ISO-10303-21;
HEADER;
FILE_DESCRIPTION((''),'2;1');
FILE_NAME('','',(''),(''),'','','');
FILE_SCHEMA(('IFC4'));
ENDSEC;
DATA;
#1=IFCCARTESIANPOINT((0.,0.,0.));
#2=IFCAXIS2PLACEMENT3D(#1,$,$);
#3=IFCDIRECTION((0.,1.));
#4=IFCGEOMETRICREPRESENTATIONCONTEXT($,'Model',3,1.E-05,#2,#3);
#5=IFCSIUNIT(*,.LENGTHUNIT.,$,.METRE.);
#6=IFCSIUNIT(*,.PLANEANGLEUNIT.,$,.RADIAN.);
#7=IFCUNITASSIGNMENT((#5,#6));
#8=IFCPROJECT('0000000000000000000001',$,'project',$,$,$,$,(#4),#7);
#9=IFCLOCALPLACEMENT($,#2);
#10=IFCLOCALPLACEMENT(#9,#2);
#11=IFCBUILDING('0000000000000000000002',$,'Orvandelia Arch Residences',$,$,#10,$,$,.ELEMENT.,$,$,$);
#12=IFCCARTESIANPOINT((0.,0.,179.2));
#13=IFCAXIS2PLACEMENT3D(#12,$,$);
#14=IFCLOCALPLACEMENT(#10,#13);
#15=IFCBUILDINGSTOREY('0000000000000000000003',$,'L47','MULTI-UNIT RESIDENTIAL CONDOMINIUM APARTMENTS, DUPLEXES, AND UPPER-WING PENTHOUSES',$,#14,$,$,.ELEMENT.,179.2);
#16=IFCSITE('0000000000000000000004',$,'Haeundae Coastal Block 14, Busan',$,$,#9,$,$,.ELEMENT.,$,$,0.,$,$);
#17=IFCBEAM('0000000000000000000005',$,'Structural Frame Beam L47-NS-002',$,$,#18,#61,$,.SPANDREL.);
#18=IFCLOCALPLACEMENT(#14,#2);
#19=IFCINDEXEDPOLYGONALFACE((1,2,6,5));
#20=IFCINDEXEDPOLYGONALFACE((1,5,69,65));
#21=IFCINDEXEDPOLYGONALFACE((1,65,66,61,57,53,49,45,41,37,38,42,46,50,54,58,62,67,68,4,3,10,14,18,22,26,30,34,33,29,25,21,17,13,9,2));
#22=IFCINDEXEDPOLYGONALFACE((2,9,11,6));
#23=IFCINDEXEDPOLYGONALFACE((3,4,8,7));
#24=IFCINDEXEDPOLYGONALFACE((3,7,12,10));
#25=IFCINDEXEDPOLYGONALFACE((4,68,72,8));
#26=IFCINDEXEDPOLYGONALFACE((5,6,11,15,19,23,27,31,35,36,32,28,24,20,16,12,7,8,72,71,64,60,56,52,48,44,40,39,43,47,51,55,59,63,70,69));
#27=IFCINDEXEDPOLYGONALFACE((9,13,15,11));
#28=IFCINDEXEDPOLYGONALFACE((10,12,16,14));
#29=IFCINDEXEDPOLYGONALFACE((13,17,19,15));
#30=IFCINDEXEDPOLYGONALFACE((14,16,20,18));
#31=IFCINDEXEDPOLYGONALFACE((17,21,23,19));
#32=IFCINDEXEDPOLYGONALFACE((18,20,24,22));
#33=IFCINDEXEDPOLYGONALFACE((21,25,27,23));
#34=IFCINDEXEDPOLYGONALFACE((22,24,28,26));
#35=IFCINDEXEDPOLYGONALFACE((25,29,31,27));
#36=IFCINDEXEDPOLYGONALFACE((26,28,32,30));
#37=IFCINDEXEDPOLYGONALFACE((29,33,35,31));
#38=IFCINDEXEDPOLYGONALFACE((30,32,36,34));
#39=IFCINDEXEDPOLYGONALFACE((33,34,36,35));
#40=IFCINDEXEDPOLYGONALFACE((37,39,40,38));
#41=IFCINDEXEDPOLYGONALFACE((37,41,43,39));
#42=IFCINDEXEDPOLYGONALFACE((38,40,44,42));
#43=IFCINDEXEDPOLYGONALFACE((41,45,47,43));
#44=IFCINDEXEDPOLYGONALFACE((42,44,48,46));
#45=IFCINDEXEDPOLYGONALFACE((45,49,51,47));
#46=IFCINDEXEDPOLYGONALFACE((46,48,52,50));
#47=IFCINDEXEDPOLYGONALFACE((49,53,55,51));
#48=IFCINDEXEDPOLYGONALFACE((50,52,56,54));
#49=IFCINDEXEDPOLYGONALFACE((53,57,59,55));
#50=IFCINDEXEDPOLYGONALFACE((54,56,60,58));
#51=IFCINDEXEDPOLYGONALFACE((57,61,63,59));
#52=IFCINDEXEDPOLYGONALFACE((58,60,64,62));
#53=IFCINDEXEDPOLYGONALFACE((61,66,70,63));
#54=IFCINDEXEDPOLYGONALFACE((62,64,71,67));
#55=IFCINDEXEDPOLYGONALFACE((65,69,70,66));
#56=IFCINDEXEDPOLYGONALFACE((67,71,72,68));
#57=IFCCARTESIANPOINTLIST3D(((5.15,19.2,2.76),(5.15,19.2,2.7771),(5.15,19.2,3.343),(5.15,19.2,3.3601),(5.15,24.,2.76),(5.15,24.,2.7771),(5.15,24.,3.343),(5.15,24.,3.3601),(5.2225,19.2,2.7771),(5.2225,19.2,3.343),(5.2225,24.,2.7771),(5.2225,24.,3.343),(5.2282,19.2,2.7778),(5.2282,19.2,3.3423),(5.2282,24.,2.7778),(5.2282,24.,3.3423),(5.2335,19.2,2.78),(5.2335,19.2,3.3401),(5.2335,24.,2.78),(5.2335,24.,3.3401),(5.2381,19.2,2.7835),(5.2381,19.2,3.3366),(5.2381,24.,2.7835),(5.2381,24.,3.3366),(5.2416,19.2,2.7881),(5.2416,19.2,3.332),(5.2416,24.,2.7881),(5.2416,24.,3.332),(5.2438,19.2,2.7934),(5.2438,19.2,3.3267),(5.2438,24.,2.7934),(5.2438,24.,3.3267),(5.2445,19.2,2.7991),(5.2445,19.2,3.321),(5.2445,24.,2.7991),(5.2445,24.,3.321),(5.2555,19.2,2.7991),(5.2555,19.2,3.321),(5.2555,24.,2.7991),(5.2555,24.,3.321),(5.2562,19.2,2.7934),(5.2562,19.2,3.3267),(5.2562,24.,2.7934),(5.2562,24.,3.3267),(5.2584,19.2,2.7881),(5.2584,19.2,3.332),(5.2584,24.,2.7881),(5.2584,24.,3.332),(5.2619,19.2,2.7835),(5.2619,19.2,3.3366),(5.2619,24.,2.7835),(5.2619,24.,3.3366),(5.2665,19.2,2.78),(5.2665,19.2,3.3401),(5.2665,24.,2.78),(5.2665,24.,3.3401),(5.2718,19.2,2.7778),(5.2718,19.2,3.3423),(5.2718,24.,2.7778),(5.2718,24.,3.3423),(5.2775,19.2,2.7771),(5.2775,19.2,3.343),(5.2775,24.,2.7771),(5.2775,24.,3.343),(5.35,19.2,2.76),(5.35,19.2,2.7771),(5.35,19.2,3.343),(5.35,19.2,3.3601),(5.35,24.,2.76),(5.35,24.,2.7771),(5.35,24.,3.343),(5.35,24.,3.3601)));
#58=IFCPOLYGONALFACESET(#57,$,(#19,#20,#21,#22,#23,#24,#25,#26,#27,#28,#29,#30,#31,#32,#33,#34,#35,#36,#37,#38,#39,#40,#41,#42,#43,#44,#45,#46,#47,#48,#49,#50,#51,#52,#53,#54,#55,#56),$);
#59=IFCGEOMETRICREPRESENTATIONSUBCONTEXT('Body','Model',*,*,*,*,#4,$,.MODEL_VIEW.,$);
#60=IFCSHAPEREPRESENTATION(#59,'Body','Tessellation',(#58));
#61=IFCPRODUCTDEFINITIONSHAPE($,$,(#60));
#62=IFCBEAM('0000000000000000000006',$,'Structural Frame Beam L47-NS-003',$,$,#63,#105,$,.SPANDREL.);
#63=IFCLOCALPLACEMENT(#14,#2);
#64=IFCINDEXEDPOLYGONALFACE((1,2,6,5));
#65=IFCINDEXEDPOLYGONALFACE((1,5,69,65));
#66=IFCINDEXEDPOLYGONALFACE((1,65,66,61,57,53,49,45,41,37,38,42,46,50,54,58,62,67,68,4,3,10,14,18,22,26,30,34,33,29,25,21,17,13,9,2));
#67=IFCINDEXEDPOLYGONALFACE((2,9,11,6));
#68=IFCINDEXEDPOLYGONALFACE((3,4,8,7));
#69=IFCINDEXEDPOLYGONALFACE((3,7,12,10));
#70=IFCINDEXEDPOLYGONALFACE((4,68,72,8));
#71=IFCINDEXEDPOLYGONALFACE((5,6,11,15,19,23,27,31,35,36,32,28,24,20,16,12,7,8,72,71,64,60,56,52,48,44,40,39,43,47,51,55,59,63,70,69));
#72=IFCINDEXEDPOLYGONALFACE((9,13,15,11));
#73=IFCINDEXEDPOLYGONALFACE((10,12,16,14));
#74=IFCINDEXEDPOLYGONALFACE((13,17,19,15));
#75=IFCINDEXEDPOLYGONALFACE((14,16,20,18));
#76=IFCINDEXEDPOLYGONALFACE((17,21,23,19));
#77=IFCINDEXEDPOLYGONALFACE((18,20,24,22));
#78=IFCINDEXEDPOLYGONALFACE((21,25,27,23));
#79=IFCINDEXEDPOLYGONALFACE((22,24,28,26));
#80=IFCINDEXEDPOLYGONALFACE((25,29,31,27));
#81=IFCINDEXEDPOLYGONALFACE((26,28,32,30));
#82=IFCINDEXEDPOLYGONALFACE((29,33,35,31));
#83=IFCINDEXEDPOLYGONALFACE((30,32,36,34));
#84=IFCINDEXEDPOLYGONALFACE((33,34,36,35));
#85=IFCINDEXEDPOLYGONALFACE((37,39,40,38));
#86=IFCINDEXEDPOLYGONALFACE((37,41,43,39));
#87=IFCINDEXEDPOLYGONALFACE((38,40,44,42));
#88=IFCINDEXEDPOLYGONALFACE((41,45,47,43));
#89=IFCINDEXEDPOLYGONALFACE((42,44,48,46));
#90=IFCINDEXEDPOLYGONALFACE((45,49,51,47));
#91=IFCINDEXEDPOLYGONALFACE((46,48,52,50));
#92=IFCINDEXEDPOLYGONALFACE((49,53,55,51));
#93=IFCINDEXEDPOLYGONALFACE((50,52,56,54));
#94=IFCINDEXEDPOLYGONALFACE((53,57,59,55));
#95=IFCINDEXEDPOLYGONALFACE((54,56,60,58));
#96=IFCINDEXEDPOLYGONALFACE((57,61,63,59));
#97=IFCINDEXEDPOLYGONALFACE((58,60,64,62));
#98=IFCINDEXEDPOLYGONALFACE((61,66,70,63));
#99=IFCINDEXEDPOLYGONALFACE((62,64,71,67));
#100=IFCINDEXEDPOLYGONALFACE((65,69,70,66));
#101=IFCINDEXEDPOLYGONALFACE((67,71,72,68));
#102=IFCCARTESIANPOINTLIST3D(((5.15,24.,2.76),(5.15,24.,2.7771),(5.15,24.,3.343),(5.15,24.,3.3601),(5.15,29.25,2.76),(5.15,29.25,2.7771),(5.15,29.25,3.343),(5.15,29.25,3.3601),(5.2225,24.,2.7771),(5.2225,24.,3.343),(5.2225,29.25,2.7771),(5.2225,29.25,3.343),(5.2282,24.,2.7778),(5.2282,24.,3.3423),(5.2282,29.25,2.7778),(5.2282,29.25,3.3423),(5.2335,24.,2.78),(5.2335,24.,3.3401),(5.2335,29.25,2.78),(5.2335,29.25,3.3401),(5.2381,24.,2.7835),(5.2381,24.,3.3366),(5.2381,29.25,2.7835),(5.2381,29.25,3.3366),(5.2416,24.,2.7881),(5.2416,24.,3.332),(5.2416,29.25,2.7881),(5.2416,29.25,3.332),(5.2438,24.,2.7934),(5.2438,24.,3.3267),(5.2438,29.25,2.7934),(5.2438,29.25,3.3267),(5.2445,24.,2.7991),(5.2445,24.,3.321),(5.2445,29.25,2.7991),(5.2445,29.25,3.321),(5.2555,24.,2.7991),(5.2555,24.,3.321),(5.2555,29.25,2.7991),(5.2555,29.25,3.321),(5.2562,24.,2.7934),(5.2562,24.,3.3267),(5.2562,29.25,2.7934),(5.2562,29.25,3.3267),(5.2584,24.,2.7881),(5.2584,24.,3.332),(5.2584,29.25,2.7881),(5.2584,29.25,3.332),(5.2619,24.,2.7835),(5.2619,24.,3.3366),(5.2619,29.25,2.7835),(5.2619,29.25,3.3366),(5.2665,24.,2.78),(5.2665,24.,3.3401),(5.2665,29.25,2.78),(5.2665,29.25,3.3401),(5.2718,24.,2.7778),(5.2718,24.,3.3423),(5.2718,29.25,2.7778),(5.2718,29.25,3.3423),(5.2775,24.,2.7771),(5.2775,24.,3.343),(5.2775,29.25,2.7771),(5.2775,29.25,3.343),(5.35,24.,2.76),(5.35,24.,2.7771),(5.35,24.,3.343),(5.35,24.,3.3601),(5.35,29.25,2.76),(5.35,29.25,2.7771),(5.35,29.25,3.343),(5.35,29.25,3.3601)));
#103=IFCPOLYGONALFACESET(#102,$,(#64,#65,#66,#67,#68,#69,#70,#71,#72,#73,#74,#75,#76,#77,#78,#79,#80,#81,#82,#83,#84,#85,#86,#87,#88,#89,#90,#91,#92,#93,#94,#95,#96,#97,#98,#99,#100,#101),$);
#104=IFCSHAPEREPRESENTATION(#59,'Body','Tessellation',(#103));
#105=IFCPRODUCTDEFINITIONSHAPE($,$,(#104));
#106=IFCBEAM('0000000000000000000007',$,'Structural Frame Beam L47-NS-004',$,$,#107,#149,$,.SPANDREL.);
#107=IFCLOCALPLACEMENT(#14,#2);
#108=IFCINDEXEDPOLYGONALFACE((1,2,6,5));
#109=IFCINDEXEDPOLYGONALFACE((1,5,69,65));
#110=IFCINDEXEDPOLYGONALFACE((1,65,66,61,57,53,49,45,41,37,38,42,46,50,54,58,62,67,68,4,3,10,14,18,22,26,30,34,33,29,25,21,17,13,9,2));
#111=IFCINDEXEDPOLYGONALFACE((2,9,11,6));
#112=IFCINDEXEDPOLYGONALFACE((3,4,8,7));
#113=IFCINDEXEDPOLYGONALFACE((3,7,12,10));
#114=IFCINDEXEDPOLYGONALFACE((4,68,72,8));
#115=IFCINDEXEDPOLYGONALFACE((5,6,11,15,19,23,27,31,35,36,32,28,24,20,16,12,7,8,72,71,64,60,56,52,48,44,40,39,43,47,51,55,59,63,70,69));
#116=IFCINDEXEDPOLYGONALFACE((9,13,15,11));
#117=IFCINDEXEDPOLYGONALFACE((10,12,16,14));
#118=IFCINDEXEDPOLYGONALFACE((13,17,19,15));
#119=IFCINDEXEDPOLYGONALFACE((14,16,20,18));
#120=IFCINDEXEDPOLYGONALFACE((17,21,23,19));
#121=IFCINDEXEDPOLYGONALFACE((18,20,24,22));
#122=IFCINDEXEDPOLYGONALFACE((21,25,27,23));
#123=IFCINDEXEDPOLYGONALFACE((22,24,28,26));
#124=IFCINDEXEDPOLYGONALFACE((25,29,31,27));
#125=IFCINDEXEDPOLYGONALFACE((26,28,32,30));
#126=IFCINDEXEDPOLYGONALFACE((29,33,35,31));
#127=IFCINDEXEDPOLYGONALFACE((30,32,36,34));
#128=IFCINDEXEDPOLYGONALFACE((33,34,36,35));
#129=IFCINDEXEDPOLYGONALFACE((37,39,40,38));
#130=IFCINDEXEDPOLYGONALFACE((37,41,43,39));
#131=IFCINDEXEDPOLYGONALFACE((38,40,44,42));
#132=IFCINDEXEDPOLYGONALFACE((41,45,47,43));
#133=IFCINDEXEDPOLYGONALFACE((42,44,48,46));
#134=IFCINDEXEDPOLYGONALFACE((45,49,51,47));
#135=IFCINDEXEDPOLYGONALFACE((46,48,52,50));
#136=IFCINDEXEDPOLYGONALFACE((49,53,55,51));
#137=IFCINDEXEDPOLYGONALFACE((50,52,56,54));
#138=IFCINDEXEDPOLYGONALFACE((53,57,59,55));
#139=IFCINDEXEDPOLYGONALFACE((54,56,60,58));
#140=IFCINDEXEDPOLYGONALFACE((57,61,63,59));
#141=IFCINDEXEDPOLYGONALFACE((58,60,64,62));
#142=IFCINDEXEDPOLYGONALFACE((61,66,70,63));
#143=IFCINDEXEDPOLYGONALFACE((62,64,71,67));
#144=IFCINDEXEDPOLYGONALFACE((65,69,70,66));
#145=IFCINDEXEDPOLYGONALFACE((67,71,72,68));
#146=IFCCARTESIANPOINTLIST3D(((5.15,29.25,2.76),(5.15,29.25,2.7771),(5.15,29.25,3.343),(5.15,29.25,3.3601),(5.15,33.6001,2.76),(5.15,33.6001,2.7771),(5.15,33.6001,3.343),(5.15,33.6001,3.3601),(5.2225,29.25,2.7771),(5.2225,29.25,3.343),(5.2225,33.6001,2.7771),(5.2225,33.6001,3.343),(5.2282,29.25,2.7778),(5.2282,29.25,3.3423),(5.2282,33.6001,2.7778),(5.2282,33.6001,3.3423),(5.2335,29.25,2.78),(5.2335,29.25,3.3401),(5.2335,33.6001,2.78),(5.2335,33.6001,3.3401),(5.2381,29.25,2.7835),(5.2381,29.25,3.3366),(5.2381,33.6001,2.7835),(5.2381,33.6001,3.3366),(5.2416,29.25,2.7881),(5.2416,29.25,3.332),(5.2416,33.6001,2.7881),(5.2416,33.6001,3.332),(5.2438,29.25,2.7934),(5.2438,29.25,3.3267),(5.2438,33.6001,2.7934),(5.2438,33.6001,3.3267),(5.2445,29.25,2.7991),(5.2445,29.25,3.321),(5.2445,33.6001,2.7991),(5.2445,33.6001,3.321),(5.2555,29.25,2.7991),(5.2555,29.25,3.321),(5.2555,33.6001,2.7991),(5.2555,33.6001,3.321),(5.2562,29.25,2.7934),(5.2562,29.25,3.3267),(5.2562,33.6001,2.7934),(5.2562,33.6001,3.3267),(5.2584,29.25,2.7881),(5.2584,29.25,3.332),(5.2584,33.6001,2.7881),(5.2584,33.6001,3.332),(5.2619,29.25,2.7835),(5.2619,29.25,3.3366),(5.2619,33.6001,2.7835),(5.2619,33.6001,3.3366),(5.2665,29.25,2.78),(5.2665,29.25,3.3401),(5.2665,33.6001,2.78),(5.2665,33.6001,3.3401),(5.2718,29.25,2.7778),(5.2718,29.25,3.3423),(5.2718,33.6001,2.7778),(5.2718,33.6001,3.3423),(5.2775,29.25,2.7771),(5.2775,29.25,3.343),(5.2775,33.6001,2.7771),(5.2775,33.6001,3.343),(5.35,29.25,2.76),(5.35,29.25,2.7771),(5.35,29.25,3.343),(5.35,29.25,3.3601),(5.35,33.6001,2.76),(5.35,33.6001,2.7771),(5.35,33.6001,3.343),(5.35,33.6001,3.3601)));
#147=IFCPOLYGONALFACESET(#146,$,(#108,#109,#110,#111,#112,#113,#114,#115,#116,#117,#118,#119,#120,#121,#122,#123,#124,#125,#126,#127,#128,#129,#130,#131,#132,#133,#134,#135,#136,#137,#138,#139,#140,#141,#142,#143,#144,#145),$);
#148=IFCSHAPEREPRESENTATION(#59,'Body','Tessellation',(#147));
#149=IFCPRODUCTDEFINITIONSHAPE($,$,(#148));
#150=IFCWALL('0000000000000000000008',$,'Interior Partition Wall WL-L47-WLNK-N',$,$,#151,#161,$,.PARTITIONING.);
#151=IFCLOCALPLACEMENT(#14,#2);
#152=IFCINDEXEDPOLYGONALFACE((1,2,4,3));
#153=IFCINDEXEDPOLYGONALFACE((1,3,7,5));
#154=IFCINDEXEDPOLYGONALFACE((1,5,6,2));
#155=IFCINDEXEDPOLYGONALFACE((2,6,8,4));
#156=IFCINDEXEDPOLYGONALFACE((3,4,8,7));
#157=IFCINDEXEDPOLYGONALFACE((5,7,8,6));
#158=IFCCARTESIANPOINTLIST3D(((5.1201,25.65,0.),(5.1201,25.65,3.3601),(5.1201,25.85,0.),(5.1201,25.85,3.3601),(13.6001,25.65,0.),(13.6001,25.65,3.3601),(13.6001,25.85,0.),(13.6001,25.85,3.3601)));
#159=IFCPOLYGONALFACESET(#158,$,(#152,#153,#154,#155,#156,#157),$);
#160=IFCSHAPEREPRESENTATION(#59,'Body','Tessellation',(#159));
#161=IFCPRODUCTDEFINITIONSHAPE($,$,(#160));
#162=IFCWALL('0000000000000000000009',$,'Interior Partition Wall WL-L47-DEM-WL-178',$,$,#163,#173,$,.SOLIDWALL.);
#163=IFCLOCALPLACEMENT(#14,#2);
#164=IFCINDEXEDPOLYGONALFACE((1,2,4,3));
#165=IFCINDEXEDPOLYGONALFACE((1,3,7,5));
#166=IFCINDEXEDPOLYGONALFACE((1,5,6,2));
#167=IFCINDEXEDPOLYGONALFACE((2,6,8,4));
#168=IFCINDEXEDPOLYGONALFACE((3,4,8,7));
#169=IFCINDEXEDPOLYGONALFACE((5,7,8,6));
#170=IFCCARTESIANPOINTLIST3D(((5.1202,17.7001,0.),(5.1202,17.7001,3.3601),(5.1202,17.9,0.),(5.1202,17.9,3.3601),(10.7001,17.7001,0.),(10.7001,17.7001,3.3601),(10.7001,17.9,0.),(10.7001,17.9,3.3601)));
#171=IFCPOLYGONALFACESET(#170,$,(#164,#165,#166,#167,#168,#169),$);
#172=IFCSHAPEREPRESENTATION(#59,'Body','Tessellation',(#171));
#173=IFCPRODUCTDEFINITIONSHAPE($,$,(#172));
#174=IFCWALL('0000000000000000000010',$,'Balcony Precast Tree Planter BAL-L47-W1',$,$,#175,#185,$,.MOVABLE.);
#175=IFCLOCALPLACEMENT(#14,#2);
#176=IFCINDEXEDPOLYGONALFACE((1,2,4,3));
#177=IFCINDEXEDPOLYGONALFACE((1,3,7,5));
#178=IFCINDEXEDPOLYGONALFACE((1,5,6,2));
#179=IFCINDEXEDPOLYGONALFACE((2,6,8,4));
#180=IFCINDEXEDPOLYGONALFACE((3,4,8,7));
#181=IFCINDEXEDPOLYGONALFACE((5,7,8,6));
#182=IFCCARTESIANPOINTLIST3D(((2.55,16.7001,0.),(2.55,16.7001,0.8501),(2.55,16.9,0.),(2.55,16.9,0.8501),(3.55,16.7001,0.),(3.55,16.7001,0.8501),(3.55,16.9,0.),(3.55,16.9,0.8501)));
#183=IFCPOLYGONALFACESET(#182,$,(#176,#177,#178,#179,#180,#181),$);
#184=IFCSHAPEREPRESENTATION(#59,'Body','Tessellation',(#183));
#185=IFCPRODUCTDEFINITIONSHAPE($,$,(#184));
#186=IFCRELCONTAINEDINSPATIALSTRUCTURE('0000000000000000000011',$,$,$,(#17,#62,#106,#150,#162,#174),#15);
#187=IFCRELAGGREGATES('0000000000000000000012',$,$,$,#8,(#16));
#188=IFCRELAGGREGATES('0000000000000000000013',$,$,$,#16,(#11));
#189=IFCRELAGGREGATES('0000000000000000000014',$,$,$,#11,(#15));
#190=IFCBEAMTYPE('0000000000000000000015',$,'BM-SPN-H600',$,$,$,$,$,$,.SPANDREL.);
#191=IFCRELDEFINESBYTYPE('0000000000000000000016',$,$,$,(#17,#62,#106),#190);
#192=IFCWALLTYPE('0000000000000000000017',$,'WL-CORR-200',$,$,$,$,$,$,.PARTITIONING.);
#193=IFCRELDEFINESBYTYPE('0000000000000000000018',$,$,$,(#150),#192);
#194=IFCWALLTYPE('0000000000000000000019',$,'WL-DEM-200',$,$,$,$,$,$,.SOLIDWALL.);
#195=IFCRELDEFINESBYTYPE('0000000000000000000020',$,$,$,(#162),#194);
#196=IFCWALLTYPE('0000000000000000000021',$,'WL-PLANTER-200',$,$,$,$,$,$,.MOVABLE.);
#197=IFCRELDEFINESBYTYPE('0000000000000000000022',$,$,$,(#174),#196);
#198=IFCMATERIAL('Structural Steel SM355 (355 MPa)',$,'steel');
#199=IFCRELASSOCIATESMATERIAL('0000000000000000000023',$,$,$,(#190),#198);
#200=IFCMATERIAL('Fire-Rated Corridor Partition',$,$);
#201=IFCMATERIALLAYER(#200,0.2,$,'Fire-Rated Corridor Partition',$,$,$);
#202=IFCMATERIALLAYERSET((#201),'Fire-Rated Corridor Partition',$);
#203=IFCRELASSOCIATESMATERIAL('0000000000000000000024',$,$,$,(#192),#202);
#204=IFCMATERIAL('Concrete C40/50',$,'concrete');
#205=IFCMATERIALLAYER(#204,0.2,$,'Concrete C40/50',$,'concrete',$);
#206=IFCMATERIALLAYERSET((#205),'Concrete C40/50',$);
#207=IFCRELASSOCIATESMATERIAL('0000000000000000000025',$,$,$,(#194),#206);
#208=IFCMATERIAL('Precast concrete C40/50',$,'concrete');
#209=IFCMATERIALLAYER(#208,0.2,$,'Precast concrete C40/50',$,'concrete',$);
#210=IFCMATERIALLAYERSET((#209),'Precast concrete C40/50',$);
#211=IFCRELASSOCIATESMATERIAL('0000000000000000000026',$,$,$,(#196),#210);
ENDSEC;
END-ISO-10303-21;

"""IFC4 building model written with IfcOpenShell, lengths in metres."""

from ifc_helpers import new_model, si_unit, direction, frame, frame_2d, origin, origin_2d, place, context, subcontext, project, spatial, rectangle, i_section, extrude, material, layer, layer_set, material_profile, profile_set, type_object, element, save


model = new_model("IFC4")

# Units and contexts
model_context = context("Model", 3, precision=1e-05, world=origin(), true_north=direction((0.0, 1.0)))
body_context = subcontext(model_context, "Body", "Model", "MODEL_VIEW")
ifc_project = project(units=[si_unit("LENGTHUNIT", "METRE"), si_unit("PLANEANGLEUNIT", "RADIAN")], contexts=[model_context])

# Site, building, storey
site_placement = place(None, origin())
site = spatial("IfcSite", under=ifc_project, at=site_placement, Name="Haeundae Coastal Block 14, Busan", CompositionType="ELEMENT", RefElevation=0.0)
building_placement = place(site_placement, origin())
building = spatial("IfcBuilding", under=site, at=building_placement, Name="Orvandelia Arch Residences", CompositionType="ELEMENT")
storey_placement = place(building_placement, frame((0.0, 0.0, 179.2)))
storey = spatial("IfcBuildingStorey", under=building, at=storey_placement, Name="L47", Description="MULTI-UNIT RESIDENTIAL CONDOMINIUM APARTMENTS, DUPLEXES, AND UPPER-WING PENTHOUSES", CompositionType="ELEMENT", Elevation=179.2)

# Beams
ifc_material_1 = material(Name="Structural Steel SM355 (355 MPa)", Category="steel")
ifc_material_profile_1 = material_profile(ifc_material_1, i_section(OverallWidth=0.2, OverallDepth=0.6001, WebThickness=0.011, FlangeThickness=0.0171, FilletRadius=0.022, at=origin_2d()), Name="Structural Steel SM355 (355 MPa)", Category="steel")
ifc_profile_set_1 = profile_set([ifc_material_profile_1], Name="Structural Steel SM355 (355 MPa)")
beam_type_1 = type_object("IfcBeamType", Name="BM-SPN-H600", PredefinedType="SPANDREL", material=ifc_profile_set_1)
beam_1_placement = place(storey_placement, frame((5.25, 19.2, 3.0601), z_axis=(0.0, 1.0, 0.0), x_axis=(-1.0, 0.0, 0.0)))
element("IfcBeam", 1, at=beam_1_placement, inside=storey, type_object=beam_type_1, Name="Structural Frame Beam L47-NS-002", PredefinedType="SPANDREL", context=body_context, shape_type="SweptSolid", body=[
    extrude(i_section(OverallWidth=0.2, OverallDepth=0.6001, WebThickness=0.011, FlangeThickness=0.0171, FilletRadius=0.022, at=origin_2d()), origin(), (0.0, 0.0, 1.0), 4.8),
])
beam_2_placement = place(storey_placement, frame((5.25, 24.0, 3.0601), z_axis=(0.0, 1.0, 0.0), x_axis=(-1.0, 0.0, 0.0)))
element("IfcBeam", 2, at=beam_2_placement, inside=storey, type_object=beam_type_1, Name="Structural Frame Beam L47-NS-003", PredefinedType="SPANDREL", context=body_context, shape_type="SweptSolid", body=[
    extrude(i_section(OverallWidth=0.2, OverallDepth=0.6001, WebThickness=0.011, FlangeThickness=0.0171, FilletRadius=0.022, at=origin_2d()), origin(), (0.0, 0.0, 1.0), 5.25),
])
beam_3_placement = place(storey_placement, frame((5.25, 29.25, 3.0601), z_axis=(0.0, 1.0, 0.0), x_axis=(-1.0, 0.0, 0.0)))
element("IfcBeam", 3, at=beam_3_placement, inside=storey, type_object=beam_type_1, Name="Structural Frame Beam L47-NS-004", PredefinedType="SPANDREL", context=body_context, shape_type="SweptSolid", body=[
    extrude(i_section(OverallWidth=0.2, OverallDepth=0.6001, WebThickness=0.011, FlangeThickness=0.0171, FilletRadius=0.022, at=origin_2d()), origin(), (0.0, 0.0, 1.0), 4.3501),
])

# Walls
ifc_material_2 = material(Name="Fire-Rated Corridor Partition")
ifc_layer_1 = layer(ifc_material_2, 0.2, Name="Fire-Rated Corridor Partition")
ifc_layer_set_1 = layer_set([ifc_layer_1], Name="Fire-Rated Corridor Partition")
wall_type_1 = type_object("IfcWallType", Name="WL-CORR-200", PredefinedType="PARTITIONING", material=ifc_layer_set_1)
wall_1_placement = place(storey_placement, frame((5.1201, 25.75, 0.0), z_axis=(0.0, 0.0, 1.0), x_axis=(1.0, 0.0, 0.0)))
element("IfcWall", 4, at=wall_1_placement, inside=storey, type_object=wall_type_1, Name="Interior Partition Wall WL-L47-WLNK-N", PredefinedType="PARTITIONING", context=body_context, shape_type="SweptSolid", body=[
    extrude(rectangle(XDim=8.48, YDim=0.2, at=frame_2d((4.24, 0.0))), origin(), (0.0, 0.0, 1.0), 3.3601),
])
ifc_material_3 = material(Name="Concrete C40/50", Category="concrete")
ifc_layer_2 = layer(ifc_material_3, 0.2, Name="Concrete C40/50", Category="concrete")
ifc_layer_set_2 = layer_set([ifc_layer_2], Name="Concrete C40/50")
wall_type_2 = type_object("IfcWallType", Name="WL-DEM-200", PredefinedType="SOLIDWALL", material=ifc_layer_set_2)
wall_2_placement = place(storey_placement, frame((5.1201, 17.8, 0.0), z_axis=(0.0, 0.0, 1.0), x_axis=(1.0, 0.0, 0.0)))
element("IfcWall", 5, at=wall_2_placement, inside=storey, type_object=wall_type_2, Name="Interior Partition Wall WL-L47-DEM-WL-178", PredefinedType="SOLIDWALL", context=body_context, shape_type="SweptSolid", body=[
    extrude(rectangle(XDim=5.5798, YDim=0.2, at=frame_2d((2.79, 0.0))), origin(), (0.0, 0.0, 1.0), 3.3601),
])
ifc_material_4 = material(Name="Precast concrete C40/50", Category="concrete")
ifc_layer_3 = layer(ifc_material_4, 0.2, Name="Precast concrete C40/50", Category="concrete")
ifc_layer_set_3 = layer_set([ifc_layer_3], Name="Precast concrete C40/50")
wall_type_3 = type_object("IfcWallType", Name="WL-PLANTER-200", PredefinedType="MOVABLE", material=ifc_layer_set_3)
wall_3_placement = place(storey_placement, frame((2.55, 16.8, 0.0), z_axis=(0.0, 0.0, 1.0), x_axis=(1.0, 0.0, 0.0)))
element("IfcWall", 6, at=wall_3_placement, inside=storey, type_object=wall_type_3, Name="Balcony Precast Tree Planter BAL-L47-W1", PredefinedType="MOVABLE", context=body_context, shape_type="SweptSolid", body=[
    extrude(rectangle(XDim=1.0, YDim=0.2, at=frame_2d((0.5, 0.0))), origin(), (0.0, 0.0, 1.0), 0.8501),
])

save(model, "model.ifc")
